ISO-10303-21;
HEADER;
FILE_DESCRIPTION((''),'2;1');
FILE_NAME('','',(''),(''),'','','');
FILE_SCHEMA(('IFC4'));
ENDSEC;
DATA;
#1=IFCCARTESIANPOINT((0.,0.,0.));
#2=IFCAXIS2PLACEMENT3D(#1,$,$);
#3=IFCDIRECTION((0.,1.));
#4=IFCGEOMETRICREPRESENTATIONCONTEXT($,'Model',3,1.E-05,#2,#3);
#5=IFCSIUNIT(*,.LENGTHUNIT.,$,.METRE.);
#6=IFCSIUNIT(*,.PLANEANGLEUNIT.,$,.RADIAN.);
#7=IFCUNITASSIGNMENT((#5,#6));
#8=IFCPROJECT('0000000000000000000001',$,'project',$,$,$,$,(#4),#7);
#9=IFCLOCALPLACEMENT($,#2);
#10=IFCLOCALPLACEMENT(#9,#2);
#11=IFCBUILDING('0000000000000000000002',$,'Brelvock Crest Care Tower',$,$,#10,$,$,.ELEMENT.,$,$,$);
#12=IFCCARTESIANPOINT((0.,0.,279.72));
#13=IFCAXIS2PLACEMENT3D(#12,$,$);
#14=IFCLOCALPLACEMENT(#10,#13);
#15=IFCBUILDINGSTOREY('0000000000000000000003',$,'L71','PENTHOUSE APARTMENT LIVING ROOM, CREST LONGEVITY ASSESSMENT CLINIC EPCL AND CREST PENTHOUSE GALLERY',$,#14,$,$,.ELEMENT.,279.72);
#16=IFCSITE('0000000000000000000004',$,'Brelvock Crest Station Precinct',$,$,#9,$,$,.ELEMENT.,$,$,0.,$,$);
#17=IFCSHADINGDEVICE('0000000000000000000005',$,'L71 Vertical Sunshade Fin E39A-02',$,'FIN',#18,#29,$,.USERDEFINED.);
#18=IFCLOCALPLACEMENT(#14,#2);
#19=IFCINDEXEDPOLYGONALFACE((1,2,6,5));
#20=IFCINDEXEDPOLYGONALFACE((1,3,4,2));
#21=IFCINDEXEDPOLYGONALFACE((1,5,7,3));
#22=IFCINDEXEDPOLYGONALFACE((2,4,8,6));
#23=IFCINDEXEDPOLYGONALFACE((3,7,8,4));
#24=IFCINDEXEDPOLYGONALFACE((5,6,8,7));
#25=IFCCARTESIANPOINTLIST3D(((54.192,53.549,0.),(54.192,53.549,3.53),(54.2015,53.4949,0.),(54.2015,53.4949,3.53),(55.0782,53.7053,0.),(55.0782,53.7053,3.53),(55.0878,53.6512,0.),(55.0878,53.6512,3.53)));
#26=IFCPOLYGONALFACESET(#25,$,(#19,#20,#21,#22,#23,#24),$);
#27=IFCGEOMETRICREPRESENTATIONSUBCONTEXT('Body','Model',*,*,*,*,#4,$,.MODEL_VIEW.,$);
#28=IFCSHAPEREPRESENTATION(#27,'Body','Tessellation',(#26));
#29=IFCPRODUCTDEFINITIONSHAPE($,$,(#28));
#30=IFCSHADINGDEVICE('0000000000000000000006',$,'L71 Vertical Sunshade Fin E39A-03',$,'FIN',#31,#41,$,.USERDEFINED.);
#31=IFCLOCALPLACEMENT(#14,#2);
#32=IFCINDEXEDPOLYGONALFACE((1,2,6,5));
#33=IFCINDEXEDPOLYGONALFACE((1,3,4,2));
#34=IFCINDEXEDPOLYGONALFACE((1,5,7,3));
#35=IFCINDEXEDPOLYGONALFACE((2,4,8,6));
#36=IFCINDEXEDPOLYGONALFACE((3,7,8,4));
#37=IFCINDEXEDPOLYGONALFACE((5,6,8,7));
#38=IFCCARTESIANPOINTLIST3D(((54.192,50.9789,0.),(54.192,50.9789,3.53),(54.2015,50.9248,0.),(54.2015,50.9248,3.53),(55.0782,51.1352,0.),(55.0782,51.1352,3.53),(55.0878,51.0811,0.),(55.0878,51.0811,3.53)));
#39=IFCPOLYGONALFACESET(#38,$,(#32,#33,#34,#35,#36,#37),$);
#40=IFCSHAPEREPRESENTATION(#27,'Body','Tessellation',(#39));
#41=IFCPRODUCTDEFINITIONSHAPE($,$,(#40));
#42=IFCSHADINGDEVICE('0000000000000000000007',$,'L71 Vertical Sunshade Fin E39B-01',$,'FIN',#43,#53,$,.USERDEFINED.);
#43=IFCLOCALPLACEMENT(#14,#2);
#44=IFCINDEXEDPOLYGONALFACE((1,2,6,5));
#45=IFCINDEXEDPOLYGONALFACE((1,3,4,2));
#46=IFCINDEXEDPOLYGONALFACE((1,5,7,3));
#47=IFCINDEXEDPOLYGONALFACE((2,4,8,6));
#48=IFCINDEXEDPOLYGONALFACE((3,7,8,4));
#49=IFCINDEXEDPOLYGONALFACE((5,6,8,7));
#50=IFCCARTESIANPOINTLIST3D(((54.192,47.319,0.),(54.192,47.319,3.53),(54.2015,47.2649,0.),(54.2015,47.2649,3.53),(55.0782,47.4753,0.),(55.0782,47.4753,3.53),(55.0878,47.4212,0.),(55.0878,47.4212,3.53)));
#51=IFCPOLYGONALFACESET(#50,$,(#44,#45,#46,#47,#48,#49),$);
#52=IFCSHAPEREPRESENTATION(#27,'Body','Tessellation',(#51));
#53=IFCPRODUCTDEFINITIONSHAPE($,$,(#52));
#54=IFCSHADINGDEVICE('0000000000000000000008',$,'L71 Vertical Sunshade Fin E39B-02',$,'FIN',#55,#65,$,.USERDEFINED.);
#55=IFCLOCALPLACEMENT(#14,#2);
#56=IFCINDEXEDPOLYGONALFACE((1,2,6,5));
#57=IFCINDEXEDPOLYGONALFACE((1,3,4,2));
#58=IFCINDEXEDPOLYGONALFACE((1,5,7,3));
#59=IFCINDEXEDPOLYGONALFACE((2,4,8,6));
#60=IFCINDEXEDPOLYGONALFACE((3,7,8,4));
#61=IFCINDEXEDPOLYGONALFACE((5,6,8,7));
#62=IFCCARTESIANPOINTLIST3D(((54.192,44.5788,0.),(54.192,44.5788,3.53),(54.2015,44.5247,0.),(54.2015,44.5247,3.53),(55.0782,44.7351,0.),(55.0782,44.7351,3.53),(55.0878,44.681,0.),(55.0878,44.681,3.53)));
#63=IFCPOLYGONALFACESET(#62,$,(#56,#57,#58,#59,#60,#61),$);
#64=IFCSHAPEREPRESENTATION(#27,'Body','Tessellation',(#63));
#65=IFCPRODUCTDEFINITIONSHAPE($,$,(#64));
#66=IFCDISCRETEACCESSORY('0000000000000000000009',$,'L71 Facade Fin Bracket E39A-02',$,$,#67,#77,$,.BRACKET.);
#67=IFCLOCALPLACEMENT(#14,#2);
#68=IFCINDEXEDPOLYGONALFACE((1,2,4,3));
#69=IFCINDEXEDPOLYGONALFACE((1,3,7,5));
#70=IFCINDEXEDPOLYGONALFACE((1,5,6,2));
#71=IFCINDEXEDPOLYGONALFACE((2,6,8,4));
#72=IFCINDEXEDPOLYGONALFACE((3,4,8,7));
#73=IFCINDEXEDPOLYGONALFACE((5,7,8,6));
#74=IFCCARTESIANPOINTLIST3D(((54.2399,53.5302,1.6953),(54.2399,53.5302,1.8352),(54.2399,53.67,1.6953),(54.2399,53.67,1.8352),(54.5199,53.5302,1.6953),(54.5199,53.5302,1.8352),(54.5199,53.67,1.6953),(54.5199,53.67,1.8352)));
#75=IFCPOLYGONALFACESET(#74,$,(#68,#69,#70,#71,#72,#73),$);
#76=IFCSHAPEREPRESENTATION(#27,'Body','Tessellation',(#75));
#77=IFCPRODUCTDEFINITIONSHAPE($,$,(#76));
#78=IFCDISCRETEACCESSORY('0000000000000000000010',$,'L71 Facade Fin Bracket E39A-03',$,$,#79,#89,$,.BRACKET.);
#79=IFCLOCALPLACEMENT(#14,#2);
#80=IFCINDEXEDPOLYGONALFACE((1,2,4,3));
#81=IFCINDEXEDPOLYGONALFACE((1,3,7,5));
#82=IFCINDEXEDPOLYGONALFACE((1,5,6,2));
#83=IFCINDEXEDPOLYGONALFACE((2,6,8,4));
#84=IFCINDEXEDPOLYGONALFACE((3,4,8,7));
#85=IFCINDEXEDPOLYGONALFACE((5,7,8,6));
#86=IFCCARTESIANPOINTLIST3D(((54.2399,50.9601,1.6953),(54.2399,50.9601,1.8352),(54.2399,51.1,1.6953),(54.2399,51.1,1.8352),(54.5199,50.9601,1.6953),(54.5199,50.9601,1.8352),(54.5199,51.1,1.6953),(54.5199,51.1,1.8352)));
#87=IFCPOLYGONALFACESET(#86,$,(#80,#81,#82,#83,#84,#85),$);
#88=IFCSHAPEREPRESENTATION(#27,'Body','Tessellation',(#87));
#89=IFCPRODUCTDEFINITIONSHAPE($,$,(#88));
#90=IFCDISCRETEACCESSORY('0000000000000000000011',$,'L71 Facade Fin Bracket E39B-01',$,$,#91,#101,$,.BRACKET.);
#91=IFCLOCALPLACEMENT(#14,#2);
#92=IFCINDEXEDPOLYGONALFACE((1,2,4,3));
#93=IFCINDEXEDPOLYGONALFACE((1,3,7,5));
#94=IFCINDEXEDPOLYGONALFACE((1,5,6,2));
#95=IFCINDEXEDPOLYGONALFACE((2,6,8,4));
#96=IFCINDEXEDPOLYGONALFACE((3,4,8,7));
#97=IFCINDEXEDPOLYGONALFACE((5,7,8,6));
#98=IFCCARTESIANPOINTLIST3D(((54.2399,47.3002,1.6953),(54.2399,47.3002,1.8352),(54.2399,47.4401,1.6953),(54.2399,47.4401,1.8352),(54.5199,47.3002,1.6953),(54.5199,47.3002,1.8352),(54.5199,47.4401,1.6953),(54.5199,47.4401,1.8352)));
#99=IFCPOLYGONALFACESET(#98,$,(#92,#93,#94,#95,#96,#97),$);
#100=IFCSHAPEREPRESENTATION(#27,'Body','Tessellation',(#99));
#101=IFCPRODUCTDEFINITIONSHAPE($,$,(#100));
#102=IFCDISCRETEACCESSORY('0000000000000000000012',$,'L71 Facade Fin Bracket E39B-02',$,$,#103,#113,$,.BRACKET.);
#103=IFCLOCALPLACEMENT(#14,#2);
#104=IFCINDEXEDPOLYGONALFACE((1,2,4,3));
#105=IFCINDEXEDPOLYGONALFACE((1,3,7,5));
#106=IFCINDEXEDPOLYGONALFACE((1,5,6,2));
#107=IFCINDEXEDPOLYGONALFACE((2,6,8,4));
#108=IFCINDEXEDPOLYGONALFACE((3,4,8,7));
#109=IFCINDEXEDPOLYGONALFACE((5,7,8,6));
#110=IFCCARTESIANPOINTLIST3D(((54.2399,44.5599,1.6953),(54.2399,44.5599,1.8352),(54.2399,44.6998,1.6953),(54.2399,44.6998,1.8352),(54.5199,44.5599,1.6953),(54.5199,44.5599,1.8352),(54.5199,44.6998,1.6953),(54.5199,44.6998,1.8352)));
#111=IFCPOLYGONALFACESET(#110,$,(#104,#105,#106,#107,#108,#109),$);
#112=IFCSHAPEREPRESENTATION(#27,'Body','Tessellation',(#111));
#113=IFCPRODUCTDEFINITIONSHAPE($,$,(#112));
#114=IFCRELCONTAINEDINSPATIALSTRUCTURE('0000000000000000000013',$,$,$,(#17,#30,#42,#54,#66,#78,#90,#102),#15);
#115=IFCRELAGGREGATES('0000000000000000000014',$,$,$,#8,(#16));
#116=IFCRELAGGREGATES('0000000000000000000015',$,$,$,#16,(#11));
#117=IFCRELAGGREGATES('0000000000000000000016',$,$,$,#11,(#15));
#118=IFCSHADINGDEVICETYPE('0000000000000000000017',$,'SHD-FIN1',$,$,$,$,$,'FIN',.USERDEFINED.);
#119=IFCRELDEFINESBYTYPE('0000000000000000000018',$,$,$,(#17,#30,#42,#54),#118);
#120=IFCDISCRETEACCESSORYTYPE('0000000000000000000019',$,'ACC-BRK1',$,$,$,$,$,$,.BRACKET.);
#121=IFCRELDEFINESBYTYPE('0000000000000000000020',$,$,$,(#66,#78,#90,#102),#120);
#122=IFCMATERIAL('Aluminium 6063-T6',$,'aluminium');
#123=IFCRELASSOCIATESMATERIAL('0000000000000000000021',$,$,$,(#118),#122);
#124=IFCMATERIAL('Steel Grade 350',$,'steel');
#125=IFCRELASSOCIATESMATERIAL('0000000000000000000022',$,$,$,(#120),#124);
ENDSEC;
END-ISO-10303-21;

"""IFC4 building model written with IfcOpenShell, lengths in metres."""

from ifc_helpers import new_model, si_unit, direction, frame, origin, origin_2d, place, context, subcontext, project, spatial, rectangle, extrude, source, transform, mapped, material, material_profile, profile_set, type_object, element, save


model = new_model("IFC4")

# Units and contexts
model_context = context("Model", 3, precision=1e-05, world=origin(), true_north=direction((0.0, 1.0)))
body_context = subcontext(model_context, "Body", "Model", "MODEL_VIEW")
ifc_project = project(units=[si_unit("LENGTHUNIT", "METRE"), si_unit("PLANEANGLEUNIT", "RADIAN")], contexts=[model_context])

# Site, building, storey
site_placement = place(None, origin())
site = spatial("IfcSite", under=ifc_project, at=site_placement, Name="Brelvock Crest Station Precinct", CompositionType="ELEMENT", RefElevation=0.0)
building_placement = place(site_placement, origin())
building = spatial("IfcBuilding", under=site, at=building_placement, Name="Brelvock Crest Care Tower", CompositionType="ELEMENT")
storey_placement = place(building_placement, frame((0.0, 0.0, 279.72)))
storey = spatial("IfcBuildingStorey", under=building, at=storey_placement, Name="L71", Description="PENTHOUSE APARTMENT LIVING ROOM, CREST LONGEVITY ASSESSMENT CLINIC EPCL AND CREST PENTHOUSE GALLERY", CompositionType="ELEMENT", Elevation=279.72)

# Shared definitions
ifc_material_1 = material(Name="Steel Grade 350", Category="steel")

# Shared definitions
ifc_material_2 = material(Name="Aluminium 6063-T6", Category="aluminium")

# Shading devices
ifc_material_profile_1 = material_profile(ifc_material_2, rectangle(XDim=0.0549, YDim=0.8999, at=origin_2d()), Name="FIN55x900")
ifc_profile_set_1 = profile_set([ifc_material_profile_1], Name="Aluminium 6063-T6")
shading_device_type = type_object("IfcShadingDeviceType", Name="SHD-FIN1", ElementType="FIN", PredefinedType="USERDEFINED", material=ifc_profile_set_1)
shared_shape_1 = source(origin(), body_context, "Body", "SweptSolid", [
    extrude(rectangle(XDim=0.0549, YDim=0.8999, at=origin_2d()), origin(), (0.0, 0.0, 1.0), 3.53),
])
for number, where, z_axis, x_axis, name in (
    (1, (54.6399, 53.6001, 0.0), (0.0, 0.0, 1.0), (0.173648, -0.984808, 0.0), "L71 Vertical Sunshade Fin E39A-02"),
    (2, (54.6399, 51.03, 0.0), (0.0, 0.0, 1.0), (0.173648, -0.984808, 0.0), "L71 Vertical Sunshade Fin E39A-03"),
    (3, (54.6399, 47.3701, 0.0), (0.0, 0.0, 1.0), (0.173648, -0.984808, 0.0), "L71 Vertical Sunshade Fin E39B-01"),
    (4, (54.6399, 44.6299, 0.0), (0.0, 0.0, 1.0), (0.173648, -0.984808, 0.0), "L71 Vertical Sunshade Fin E39B-02"),
):
    element("IfcShadingDevice", number, at=place(storey_placement, frame(where, z_axis=z_axis, x_axis=x_axis)), inside=storey, type_object=shading_device_type, Name=name, ObjectType="FIN", PredefinedType="USERDEFINED", context=body_context, shape_type="MappedRepresentation", body=[
        mapped(shared_shape_1, transform((0.0, 0.0, 0.0), x_axis=(1.0, 0.0, 0.0), y_axis=(0.0, 1.0, 0.0), z_axis=(0.0, 0.0, 1.0), scale=1.0)),
    ])

# Discrete accessories
discrete_accessory_type = type_object("IfcDiscreteAccessoryType", Name="ACC-BRK1", PredefinedType="BRACKET", material=ifc_material_1)
shared_shape_2 = source(origin(), body_context, "Body", "SweptSolid", [
    extrude(rectangle(XDim=0.28, YDim=0.1399, at=origin_2d()), origin(), (0.0, 0.0, 1.0), 0.1399),
])
for number, where, z_axis, x_axis, name in (
    (5, (54.3799, 53.6001, 1.6953), (0.0, 0.0, 1.0), (1.0, 0.0, 0.0), "L71 Facade Fin Bracket E39A-02"),
    (6, (54.3799, 51.03, 1.6953), (0.0, 0.0, 1.0), (1.0, 0.0, 0.0), "L71 Facade Fin Bracket E39A-03"),
    (7, (54.3799, 47.3701, 1.6953), (0.0, 0.0, 1.0), (1.0, 0.0, 0.0), "L71 Facade Fin Bracket E39B-01"),
    (8, (54.3799, 44.6299, 1.6953), (0.0, 0.0, 1.0), (1.0, 0.0, 0.0), "L71 Facade Fin Bracket E39B-02"),
):
    element("IfcDiscreteAccessory", number, at=place(storey_placement, frame(where, z_axis=z_axis, x_axis=x_axis)), inside=storey, type_object=discrete_accessory_type, Name=name, PredefinedType="BRACKET", context=body_context, shape_type="MappedRepresentation", body=[
        mapped(shared_shape_2, transform((0.0, 0.0, 0.0), x_axis=(1.0, 0.0, 0.0), y_axis=(0.0, 1.0, 0.0), z_axis=(0.0, 0.0, 1.0), scale=1.0)),
    ])

save(model, "model.ifc")
